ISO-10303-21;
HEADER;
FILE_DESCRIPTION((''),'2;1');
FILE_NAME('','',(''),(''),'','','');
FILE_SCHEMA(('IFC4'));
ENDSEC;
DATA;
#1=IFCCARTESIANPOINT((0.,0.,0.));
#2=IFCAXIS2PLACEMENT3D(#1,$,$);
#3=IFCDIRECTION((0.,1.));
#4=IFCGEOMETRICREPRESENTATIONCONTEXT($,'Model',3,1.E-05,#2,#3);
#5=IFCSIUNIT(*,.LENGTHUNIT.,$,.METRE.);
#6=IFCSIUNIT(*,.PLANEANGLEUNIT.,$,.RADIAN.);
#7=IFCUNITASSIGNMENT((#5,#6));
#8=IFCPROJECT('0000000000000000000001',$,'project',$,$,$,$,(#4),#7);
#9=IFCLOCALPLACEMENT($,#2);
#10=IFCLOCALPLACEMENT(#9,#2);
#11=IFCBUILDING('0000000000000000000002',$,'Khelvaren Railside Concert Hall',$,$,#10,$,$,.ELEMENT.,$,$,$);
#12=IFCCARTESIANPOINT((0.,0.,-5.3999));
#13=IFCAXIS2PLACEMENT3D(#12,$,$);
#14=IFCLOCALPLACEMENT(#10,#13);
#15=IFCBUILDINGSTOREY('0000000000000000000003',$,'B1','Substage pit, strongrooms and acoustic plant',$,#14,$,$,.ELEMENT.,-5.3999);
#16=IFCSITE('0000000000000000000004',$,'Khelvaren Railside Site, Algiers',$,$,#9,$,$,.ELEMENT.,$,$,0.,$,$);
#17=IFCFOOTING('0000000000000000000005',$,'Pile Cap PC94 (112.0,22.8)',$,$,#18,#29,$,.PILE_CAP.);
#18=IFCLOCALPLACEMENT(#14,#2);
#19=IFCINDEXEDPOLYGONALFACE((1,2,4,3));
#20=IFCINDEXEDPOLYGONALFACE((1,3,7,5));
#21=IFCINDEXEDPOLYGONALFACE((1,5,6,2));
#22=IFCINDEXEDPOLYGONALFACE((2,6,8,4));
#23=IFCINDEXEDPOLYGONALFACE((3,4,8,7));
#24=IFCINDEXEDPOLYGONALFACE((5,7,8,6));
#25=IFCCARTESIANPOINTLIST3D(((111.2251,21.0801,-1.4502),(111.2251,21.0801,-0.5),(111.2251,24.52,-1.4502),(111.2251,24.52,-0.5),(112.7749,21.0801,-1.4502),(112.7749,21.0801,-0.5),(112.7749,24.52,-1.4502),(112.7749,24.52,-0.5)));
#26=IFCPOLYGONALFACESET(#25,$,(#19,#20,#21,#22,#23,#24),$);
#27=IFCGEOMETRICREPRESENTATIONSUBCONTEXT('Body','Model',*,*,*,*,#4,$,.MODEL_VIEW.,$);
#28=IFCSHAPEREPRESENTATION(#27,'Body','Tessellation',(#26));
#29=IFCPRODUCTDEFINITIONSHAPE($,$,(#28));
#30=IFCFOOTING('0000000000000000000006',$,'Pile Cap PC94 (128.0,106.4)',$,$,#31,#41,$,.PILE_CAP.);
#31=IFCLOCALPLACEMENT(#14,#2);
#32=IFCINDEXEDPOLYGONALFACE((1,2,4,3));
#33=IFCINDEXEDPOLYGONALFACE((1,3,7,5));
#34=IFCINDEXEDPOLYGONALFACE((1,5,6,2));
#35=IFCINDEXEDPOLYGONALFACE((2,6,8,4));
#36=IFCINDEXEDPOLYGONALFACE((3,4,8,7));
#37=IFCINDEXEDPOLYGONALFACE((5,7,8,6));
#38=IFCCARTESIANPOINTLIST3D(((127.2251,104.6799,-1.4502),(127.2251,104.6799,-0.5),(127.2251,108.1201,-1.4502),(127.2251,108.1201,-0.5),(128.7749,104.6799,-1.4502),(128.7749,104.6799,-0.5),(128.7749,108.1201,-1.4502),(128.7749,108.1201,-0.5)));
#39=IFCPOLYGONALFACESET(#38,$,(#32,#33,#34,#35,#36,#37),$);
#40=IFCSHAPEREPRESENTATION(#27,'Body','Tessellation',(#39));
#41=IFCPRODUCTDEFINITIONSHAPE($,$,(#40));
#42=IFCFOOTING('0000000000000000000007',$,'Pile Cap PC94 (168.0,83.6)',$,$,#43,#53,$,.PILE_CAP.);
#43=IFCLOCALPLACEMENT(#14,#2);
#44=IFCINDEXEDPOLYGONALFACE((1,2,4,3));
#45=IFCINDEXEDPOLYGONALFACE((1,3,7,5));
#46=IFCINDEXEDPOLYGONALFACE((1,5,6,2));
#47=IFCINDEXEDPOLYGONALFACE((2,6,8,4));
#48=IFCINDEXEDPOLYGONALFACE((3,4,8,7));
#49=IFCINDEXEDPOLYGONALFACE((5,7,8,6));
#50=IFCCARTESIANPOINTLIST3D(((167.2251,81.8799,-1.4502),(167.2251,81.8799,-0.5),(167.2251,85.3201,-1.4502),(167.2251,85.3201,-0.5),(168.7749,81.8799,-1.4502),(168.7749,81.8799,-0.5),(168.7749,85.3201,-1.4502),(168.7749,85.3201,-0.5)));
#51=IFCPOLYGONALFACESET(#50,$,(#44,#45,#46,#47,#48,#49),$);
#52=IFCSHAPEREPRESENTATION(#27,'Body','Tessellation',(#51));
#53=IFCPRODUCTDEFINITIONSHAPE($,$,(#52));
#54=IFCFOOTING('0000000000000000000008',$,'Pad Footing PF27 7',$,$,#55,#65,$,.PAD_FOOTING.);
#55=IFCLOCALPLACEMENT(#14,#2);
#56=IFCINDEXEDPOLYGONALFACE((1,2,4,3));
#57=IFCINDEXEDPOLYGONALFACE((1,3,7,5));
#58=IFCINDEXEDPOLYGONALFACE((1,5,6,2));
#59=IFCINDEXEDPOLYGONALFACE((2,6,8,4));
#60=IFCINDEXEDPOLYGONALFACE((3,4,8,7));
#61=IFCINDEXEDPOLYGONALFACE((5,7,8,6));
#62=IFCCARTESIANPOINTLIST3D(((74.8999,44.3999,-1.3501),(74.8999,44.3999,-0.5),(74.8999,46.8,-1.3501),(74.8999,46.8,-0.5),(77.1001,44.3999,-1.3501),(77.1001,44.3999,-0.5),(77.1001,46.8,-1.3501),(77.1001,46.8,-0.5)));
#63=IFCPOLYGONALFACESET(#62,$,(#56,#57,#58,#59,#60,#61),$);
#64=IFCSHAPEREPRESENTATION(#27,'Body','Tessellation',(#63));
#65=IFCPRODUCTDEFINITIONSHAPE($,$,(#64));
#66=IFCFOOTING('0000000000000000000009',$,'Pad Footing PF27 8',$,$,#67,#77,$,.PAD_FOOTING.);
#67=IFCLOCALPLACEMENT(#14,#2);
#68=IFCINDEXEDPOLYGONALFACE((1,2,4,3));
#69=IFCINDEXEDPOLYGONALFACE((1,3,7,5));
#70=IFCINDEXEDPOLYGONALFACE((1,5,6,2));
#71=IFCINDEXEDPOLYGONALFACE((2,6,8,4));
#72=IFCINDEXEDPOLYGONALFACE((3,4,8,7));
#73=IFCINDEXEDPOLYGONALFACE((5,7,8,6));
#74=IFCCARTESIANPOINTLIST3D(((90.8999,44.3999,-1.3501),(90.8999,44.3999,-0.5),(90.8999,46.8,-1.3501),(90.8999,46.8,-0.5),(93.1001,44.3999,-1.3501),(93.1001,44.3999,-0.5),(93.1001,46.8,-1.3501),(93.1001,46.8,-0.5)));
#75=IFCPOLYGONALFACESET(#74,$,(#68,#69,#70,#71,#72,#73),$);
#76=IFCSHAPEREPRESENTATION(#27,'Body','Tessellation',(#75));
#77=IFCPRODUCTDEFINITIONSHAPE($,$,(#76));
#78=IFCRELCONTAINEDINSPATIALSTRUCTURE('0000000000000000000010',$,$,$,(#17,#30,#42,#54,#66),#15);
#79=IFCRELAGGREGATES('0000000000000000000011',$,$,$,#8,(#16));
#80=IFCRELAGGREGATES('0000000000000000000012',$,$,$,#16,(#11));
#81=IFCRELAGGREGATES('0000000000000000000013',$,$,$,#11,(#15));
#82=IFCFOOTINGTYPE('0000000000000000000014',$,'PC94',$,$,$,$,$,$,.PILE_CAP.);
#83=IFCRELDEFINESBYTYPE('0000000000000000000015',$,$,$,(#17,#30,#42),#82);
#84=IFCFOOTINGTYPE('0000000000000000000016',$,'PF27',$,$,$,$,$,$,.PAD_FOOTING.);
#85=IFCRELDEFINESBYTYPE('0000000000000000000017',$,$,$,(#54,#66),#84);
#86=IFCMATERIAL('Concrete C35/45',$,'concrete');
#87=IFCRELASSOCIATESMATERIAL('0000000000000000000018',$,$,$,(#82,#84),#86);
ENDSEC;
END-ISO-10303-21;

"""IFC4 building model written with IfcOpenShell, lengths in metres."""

from ifc_helpers import new_model, si_unit, direction, frame, origin, place, context, subcontext, project, spatial, polyline, outline, extrude, material, type_object, element, save


model = new_model("IFC4")

# Units and contexts
model_context = context("Model", 3, precision=1e-05, world=origin(), true_north=direction((0.0, 1.0)))
body_context = subcontext(model_context, "Body", "Model", "MODEL_VIEW")
ifc_project = project(units=[si_unit("LENGTHUNIT", "METRE"), si_unit("PLANEANGLEUNIT", "RADIAN")], contexts=[model_context])

# Site, building, storey
site_placement = place(None, origin())
site = spatial("IfcSite", under=ifc_project, at=site_placement, Name="Khelvaren Railside Site, Algiers", CompositionType="ELEMENT", RefElevation=0.0)
building_placement = place(site_placement, origin())
building = spatial("IfcBuilding", under=site, at=building_placement, Name="Khelvaren Railside Concert Hall", CompositionType="ELEMENT")
storey_placement = place(building_placement, frame((0.0, 0.0, -5.3999)))
storey = spatial("IfcBuildingStorey", under=building, at=storey_placement, Name="B1", Description="Substage pit, strongrooms and acoustic plant", CompositionType="ELEMENT", Elevation=-5.3999)

# Footings
ifc_material = material(Name="Concrete C35/45", Category="concrete")
footing_type_1 = type_object("IfcFootingType", Name="PC94", PredefinedType="PILE_CAP", material=ifc_material)
footing_1_placement = place(storey_placement, frame((0.0, 0.0, -1.4502)))
element("IfcFooting", 1, at=footing_1_placement, inside=storey, type_object=footing_type_1, Name="Pile Cap PC94 (112.0,22.8)", PredefinedType="PILE_CAP", context=body_context, shape_type="SweptSolid", body=[
    extrude(outline(polyline([(111.2251, 21.0801), (112.7749, 21.0801), (112.7749, 24.52), (111.2251, 24.52), (111.2251, 21.0801)])), origin(), (0.0, 0.0, 1.0), 0.9502),
])
footing_2_placement = place(storey_placement, frame((0.0, 0.0, -1.4502)))
element("IfcFooting", 2, at=footing_2_placement, inside=storey, type_object=footing_type_1, Name="Pile Cap PC94 (128.0,106.4)", PredefinedType="PILE_CAP", context=body_context, shape_type="SweptSolid", body=[
    extrude(outline(polyline([(127.2251, 104.6799), (128.7749, 104.6799), (128.7749, 108.1201), (127.2251, 108.1201), (127.2251, 104.6799)])), origin(), (0.0, 0.0, 1.0), 0.9502),
])
footing_3_placement = place(storey_placement, frame((0.0, 0.0, -1.4502)))
element("IfcFooting", 3, at=footing_3_placement, inside=storey, type_object=footing_type_1, Name="Pile Cap PC94 (168.0,83.6)", PredefinedType="PILE_CAP", context=body_context, shape_type="SweptSolid", body=[
    extrude(outline(polyline([(167.2251, 81.8799), (168.7749, 81.8799), (168.7749, 85.3201), (167.2251, 85.3201), (167.2251, 81.8799)])), origin(), (0.0, 0.0, 1.0), 0.9502),
])
footing_type_2 = type_object("IfcFootingType", Name="PF27", PredefinedType="PAD_FOOTING", material=ifc_material)
footing_4_placement = place(storey_placement, frame((0.0, 0.0, -1.3501)))
element("IfcFooting", 4, at=footing_4_placement, inside=storey, type_object=footing_type_2, Name="Pad Footing PF27 7", PredefinedType="PAD_FOOTING", context=body_context, shape_type="SweptSolid", body=[
    extrude(outline(polyline([(74.8999, 44.3999), (77.1001, 44.3999), (77.1001, 46.8), (74.8999, 46.8), (74.8999, 44.3999)])), origin(), (0.0, 0.0, 1.0), 0.8501),
])
footing_5_placement = place(storey_placement, frame((0.0, 0.0, -1.3501)))
element("IfcFooting", 5, at=footing_5_placement, inside=storey, type_object=footing_type_2, Name="Pad Footing PF27 8", PredefinedType="PAD_FOOTING", context=body_context, shape_type="SweptSolid", body=[
    extrude(outline(polyline([(90.8999, 44.3999), (93.1001, 44.3999), (93.1001, 46.8), (90.8999, 46.8), (90.8999, 44.3999)])), origin(), (0.0, 0.0, 1.0), 0.8501),
])

save(model, "model.ifc")
